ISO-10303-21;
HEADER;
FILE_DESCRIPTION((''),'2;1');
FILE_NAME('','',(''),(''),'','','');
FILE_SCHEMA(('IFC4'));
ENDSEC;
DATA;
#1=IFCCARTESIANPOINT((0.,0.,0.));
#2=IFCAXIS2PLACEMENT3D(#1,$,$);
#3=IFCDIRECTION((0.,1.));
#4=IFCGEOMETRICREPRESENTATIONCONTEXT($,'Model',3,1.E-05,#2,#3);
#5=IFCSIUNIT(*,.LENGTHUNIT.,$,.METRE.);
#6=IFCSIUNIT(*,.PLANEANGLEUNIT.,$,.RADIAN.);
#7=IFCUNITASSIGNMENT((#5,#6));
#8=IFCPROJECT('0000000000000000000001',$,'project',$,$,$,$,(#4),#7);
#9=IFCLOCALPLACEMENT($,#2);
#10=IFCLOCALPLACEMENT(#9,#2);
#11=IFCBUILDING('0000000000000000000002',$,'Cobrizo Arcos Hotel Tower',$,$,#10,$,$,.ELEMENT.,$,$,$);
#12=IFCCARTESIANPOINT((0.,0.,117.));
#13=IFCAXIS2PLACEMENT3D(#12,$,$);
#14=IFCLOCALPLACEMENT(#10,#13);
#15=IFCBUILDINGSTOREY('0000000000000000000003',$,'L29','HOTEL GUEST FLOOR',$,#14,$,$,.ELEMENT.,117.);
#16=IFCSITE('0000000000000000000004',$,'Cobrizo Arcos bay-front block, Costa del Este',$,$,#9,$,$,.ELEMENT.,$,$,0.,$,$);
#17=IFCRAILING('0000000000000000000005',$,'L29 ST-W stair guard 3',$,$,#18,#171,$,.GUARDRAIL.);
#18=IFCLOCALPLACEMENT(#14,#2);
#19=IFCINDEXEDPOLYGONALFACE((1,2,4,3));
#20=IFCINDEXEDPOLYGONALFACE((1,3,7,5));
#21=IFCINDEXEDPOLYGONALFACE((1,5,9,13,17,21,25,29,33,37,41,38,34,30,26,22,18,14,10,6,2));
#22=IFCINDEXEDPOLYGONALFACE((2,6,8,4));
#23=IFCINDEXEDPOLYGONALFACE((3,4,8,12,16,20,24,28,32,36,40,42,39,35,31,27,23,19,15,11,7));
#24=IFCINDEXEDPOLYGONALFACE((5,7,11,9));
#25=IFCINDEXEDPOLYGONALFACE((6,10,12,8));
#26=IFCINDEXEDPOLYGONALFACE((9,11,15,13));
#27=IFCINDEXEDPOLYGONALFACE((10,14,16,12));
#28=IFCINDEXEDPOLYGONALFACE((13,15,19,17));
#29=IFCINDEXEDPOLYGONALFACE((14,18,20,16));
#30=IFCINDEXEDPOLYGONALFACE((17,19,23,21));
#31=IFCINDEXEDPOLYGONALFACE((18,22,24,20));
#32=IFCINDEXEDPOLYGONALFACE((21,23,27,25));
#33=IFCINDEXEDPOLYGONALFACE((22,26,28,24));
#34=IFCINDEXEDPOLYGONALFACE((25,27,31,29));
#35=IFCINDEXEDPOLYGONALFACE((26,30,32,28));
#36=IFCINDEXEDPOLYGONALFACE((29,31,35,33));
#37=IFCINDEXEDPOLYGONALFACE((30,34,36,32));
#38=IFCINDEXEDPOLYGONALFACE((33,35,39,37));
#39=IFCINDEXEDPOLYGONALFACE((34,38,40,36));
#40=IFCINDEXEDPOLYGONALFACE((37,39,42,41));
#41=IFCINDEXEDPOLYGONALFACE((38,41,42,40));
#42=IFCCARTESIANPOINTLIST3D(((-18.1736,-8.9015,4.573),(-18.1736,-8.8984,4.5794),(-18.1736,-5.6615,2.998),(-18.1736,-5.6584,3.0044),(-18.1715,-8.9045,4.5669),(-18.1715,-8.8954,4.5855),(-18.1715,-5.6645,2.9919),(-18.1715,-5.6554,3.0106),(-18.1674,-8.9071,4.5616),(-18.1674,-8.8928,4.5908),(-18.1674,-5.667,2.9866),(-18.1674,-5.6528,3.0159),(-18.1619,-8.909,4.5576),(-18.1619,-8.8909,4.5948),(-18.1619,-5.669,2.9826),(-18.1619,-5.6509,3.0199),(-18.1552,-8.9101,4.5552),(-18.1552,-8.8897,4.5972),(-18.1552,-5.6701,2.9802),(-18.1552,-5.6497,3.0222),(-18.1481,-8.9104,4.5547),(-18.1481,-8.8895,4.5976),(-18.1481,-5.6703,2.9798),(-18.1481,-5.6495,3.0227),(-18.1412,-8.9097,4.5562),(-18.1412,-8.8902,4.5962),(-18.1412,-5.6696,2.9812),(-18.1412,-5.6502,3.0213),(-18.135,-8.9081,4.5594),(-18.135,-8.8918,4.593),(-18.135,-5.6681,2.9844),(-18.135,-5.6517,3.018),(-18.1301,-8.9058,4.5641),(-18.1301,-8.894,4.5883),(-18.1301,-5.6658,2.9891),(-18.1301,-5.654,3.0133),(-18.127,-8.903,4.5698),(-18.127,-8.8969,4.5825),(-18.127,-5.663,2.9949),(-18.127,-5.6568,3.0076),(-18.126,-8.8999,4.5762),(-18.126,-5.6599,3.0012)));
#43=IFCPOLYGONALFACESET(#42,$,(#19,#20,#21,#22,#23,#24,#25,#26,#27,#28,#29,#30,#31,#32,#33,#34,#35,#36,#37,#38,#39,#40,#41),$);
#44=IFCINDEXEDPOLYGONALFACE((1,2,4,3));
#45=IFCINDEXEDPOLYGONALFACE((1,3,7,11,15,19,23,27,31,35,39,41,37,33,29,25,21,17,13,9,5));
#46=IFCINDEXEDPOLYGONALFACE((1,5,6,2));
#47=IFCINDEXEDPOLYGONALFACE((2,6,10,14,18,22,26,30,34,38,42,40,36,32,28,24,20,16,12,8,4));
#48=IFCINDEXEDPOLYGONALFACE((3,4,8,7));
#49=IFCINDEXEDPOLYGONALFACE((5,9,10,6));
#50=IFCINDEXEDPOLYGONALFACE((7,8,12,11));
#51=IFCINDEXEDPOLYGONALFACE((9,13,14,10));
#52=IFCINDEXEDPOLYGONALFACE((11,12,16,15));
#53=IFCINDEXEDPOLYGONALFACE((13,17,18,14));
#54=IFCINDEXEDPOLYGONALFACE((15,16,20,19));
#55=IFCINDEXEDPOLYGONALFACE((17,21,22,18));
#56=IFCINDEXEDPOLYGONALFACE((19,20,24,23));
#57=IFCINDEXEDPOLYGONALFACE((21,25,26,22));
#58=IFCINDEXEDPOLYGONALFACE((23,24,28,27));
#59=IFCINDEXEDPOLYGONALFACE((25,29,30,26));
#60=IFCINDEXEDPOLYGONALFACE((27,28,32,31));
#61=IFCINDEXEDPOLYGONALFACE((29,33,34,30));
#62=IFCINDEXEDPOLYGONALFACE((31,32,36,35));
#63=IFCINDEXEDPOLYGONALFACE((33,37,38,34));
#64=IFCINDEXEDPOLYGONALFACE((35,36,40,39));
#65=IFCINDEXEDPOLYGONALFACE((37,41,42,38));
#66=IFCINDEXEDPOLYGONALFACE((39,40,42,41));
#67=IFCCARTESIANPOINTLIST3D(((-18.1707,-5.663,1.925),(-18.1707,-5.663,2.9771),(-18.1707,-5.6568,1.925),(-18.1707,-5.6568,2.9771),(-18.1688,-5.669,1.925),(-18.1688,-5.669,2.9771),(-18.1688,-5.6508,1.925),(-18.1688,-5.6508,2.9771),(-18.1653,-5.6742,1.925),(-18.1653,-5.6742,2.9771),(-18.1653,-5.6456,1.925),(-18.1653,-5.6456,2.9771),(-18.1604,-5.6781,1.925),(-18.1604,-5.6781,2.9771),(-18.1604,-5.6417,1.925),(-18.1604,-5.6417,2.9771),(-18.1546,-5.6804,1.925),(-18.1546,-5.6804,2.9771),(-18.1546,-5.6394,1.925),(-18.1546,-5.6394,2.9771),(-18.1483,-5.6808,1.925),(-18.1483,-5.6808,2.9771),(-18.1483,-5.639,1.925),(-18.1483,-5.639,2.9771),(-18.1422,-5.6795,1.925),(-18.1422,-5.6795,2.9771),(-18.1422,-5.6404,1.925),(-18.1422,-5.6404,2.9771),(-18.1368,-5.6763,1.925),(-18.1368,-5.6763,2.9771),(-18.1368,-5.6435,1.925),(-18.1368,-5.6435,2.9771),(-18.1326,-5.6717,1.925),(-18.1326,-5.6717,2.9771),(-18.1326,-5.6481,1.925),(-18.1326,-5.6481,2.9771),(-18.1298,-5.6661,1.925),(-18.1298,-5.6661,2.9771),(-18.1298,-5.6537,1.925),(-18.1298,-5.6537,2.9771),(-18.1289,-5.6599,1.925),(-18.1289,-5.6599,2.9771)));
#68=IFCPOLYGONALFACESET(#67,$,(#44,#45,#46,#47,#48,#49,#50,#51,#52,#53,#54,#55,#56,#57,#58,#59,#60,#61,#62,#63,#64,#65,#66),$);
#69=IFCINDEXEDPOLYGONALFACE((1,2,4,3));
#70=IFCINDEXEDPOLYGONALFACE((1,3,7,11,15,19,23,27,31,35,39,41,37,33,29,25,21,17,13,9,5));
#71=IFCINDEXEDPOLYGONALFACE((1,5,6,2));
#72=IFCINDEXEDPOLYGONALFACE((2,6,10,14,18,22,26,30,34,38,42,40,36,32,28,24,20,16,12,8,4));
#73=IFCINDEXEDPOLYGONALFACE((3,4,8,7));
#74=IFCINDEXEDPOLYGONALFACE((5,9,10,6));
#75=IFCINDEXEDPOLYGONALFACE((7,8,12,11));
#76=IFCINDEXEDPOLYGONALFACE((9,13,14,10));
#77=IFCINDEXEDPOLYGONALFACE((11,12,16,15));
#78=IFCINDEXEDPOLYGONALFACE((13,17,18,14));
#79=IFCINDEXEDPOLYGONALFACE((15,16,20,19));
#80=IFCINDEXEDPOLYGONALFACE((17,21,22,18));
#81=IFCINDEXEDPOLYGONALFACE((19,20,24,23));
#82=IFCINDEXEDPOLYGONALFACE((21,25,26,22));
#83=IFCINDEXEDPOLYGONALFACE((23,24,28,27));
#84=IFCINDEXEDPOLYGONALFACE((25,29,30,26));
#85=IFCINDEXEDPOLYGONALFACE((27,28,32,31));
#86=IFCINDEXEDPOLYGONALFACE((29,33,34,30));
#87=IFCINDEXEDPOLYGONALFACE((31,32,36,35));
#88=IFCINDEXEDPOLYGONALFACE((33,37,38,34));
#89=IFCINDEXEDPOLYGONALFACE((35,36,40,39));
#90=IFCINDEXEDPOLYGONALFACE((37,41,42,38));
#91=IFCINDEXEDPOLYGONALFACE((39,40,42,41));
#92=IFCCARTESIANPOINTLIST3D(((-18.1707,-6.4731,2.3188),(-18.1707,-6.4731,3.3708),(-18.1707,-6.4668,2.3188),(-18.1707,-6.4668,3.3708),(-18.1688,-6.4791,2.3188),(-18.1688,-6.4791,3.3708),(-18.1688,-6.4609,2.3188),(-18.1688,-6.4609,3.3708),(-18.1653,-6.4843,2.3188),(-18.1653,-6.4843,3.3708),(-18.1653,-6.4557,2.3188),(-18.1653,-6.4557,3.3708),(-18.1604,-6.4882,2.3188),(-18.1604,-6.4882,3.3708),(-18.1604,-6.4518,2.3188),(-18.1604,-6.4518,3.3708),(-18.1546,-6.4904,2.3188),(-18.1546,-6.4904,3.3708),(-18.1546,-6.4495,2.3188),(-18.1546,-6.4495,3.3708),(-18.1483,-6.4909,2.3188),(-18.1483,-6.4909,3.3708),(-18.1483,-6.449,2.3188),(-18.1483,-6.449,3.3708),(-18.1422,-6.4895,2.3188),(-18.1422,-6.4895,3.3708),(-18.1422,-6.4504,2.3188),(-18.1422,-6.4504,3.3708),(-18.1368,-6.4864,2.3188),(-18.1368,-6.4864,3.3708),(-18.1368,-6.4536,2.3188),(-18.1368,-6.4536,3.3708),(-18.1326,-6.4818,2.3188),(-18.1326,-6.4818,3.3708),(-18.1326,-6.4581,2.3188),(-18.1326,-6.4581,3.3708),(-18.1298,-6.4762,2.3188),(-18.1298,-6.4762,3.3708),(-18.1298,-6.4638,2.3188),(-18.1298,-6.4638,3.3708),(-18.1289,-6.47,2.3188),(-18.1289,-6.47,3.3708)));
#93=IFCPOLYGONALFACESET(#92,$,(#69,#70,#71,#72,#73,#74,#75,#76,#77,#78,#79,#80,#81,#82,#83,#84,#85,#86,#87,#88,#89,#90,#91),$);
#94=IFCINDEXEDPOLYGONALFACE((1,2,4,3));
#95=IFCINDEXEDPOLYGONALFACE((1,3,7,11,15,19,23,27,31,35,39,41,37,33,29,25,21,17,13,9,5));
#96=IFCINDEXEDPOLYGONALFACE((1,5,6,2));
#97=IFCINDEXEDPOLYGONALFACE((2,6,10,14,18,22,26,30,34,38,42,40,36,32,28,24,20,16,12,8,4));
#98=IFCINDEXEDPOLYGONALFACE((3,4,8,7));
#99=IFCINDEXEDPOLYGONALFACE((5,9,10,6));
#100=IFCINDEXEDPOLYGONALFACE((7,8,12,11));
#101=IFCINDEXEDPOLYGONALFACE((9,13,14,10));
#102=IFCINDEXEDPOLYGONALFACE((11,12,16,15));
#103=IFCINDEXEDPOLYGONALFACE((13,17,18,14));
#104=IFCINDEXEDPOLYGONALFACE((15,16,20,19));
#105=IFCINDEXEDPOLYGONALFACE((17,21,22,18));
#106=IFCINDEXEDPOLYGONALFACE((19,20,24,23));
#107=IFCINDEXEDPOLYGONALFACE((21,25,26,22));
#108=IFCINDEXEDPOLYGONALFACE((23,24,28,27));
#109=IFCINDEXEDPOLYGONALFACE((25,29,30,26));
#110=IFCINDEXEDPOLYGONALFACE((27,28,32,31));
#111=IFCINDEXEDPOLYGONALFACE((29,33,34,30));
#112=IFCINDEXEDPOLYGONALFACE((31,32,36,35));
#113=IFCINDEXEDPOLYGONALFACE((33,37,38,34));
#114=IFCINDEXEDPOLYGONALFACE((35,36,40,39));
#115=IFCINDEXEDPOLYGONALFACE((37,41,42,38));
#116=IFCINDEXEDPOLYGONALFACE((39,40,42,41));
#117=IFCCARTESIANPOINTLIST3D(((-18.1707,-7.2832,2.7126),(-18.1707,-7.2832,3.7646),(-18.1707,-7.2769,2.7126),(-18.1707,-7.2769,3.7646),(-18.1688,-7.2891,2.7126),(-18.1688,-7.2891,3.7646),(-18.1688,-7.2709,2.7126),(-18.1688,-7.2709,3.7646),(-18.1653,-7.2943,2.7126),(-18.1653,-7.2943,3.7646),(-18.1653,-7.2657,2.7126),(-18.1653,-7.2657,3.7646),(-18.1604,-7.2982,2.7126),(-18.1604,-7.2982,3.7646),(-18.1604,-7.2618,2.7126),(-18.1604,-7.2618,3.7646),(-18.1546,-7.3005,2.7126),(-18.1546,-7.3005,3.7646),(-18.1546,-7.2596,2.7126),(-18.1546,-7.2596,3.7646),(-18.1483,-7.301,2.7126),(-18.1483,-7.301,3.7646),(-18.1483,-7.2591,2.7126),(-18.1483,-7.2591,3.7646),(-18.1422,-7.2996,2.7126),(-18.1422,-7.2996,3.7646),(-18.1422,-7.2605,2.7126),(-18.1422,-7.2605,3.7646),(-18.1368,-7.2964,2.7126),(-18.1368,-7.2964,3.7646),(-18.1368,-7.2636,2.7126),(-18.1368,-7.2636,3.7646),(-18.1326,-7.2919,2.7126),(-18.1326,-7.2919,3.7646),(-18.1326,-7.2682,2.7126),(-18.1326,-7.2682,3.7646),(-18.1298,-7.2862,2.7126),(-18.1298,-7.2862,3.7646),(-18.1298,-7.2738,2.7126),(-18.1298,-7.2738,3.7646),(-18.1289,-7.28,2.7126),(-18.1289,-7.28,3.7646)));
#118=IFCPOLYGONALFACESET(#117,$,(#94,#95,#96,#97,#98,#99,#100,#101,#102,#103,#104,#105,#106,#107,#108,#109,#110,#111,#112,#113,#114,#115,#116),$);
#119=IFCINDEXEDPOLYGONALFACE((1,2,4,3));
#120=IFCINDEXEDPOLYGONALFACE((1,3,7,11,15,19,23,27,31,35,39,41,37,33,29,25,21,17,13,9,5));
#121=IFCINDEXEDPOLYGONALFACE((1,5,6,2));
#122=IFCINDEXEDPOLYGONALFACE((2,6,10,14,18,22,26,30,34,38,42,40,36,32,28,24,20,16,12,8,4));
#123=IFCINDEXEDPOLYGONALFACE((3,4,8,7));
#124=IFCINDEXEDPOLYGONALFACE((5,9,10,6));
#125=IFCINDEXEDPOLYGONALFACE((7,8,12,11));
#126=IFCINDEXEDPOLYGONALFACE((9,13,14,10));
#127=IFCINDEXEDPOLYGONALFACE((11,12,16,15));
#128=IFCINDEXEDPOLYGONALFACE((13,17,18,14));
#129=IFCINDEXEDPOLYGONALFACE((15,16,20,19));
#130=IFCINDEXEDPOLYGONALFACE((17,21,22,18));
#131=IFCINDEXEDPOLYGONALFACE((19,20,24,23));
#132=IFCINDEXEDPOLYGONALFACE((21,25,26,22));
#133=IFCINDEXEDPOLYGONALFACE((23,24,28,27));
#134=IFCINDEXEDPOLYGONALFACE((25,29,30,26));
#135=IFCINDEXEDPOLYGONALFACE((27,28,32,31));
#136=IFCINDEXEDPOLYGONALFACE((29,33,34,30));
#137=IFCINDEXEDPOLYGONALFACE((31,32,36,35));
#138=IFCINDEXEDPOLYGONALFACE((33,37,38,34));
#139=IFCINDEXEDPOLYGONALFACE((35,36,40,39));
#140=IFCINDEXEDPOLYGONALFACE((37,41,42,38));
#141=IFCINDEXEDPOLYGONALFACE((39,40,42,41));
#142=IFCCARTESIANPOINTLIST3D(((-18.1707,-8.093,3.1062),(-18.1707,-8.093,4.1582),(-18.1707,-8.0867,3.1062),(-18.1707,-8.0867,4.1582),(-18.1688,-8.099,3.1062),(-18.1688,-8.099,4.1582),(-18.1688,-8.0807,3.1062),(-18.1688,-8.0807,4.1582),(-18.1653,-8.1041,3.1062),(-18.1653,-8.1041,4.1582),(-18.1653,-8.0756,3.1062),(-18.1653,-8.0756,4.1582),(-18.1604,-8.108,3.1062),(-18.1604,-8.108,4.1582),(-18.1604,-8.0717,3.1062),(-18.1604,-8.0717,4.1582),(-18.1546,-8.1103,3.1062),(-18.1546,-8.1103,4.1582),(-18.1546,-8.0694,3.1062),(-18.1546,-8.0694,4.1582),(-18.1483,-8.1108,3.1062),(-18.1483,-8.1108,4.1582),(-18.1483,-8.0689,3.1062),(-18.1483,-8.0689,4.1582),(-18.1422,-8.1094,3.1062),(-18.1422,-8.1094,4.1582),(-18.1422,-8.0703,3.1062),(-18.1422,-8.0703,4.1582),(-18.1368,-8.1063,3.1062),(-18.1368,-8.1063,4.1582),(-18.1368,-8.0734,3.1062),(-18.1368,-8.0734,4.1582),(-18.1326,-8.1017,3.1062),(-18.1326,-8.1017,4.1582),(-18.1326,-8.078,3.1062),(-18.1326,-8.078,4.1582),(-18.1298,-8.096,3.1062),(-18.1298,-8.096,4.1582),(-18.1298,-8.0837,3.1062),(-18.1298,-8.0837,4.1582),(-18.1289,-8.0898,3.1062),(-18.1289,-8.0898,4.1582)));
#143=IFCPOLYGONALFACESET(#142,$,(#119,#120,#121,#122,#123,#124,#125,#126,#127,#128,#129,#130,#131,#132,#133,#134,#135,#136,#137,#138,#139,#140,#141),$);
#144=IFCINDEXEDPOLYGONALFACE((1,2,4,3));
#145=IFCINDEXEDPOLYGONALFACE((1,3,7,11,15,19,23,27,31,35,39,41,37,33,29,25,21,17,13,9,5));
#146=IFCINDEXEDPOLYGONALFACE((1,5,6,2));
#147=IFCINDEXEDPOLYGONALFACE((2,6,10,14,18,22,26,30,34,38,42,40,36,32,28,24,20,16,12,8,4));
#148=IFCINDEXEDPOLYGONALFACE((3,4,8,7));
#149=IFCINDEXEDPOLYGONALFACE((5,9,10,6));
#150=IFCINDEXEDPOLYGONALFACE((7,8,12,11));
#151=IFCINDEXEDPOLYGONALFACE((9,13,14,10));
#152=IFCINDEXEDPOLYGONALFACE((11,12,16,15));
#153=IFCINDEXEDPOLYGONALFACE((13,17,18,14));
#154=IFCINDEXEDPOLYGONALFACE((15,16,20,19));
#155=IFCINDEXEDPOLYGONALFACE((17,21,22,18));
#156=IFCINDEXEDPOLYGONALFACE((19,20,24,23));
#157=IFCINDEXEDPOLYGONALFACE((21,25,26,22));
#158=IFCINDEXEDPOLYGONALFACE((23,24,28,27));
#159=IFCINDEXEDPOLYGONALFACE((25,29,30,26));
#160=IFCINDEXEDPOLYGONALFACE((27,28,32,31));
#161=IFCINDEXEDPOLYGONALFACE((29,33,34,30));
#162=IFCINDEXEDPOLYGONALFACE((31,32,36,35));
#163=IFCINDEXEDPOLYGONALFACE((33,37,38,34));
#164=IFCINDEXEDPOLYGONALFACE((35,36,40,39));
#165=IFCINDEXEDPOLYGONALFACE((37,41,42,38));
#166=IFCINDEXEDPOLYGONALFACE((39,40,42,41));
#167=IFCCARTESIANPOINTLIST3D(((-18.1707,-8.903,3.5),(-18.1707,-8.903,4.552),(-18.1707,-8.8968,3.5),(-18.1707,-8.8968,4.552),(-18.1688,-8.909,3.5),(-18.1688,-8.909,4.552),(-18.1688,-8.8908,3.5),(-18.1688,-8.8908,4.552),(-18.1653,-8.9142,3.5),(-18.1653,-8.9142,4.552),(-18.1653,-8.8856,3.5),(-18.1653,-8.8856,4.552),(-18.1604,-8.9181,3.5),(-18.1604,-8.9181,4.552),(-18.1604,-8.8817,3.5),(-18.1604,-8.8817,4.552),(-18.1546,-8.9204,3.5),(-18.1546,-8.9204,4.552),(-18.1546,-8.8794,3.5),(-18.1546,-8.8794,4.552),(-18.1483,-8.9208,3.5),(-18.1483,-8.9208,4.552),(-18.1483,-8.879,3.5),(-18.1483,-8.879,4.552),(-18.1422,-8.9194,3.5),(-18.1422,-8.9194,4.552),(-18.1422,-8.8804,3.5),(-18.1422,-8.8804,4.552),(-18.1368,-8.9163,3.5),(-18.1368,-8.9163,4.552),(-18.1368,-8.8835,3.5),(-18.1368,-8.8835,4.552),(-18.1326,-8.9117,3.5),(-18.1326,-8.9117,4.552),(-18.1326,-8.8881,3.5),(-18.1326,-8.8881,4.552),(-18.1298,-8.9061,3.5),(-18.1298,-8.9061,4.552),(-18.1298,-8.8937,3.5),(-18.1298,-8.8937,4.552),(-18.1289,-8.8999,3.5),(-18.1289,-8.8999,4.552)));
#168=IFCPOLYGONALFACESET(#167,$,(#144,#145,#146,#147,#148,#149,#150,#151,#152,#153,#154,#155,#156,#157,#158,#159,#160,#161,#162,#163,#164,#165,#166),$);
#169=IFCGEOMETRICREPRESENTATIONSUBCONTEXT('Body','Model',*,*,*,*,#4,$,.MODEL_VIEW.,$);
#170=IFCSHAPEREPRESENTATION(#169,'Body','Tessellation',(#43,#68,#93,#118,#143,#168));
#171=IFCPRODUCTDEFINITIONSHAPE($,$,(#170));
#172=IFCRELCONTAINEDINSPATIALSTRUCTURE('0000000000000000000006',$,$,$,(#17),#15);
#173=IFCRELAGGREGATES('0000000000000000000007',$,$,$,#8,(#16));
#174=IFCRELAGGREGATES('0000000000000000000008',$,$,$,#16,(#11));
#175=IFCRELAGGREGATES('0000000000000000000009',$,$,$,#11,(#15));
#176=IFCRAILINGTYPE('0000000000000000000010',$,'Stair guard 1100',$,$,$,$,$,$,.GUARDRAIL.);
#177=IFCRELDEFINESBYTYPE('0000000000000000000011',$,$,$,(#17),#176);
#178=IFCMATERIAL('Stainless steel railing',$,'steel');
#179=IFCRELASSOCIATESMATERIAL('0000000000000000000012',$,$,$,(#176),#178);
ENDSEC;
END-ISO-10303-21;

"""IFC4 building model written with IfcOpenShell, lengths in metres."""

from ifc_helpers import new_model, si_unit, direction, frame, origin, origin_2d, place, context, subcontext, project, spatial, circle, extrude, material, type_object, element, save


model = new_model("IFC4")

# Units and contexts
model_context = context("Model", 3, precision=1e-05, world=origin(), true_north=direction((0.0, 1.0)))
body_context = subcontext(model_context, "Body", "Model", "MODEL_VIEW")
ifc_project = project(units=[si_unit("LENGTHUNIT", "METRE"), si_unit("PLANEANGLEUNIT", "RADIAN")], contexts=[model_context])

# Site, building, storey
site_placement = place(None, origin())
site = spatial("IfcSite", under=ifc_project, at=site_placement, Name="Cobrizo Arcos bay-front block, Costa del Este", CompositionType="ELEMENT", RefElevation=0.0)
building_placement = place(site_placement, origin())
building = spatial("IfcBuilding", under=site, at=building_placement, Name="Cobrizo Arcos Hotel Tower", CompositionType="ELEMENT")
storey_placement = place(building_placement, frame((0.0, 0.0, 117.0)))
storey = spatial("IfcBuildingStorey", under=building, at=storey_placement, Name="L29", Description="HOTEL GUEST FLOOR", CompositionType="ELEMENT", Elevation=117.0)

# Railing
ifc_material_1 = material(Name="Stainless steel railing", Category="steel")
railing_type_1 = type_object("IfcRailingType", Name="Stair guard 1100", PredefinedType="GUARDRAIL", material=ifc_material_1)
railing_1_placement = place(storey_placement, frame((-18.1499, -5.6599, 1.925)))
element("IfcRailing", 1, at=railing_1_placement, inside=storey, type_object=railing_type_1, Name="L29 ST-W stair guard 3", PredefinedType="GUARDRAIL", context=body_context, shape_type="SweptSolid", body=[
    extrude(circle(Radius=0.0239, at=origin_2d()), frame((0.0, 0.0, 1.0762), z_axis=(0.0, -0.899373, 0.437183), x_axis=(1.0, 0.0, 0.0)), (0.0, 0.0, 1.0), 3.6025),
    extrude(circle(Radius=0.021, at=origin_2d()), origin(), (0.0, 0.0, 1.0), 1.052),
    extrude(circle(Radius=0.021, at=origin_2d()), frame((0.0, -0.8101, 0.3938)), (0.0, 0.0, 1.0), 1.052),
    extrude(circle(Radius=0.021, at=origin_2d()), frame((0.0, -1.6201, 0.7876)), (0.0, 0.0, 1.0), 1.052),
    extrude(circle(Radius=0.021, at=origin_2d()), frame((0.0, -2.4299, 1.1812)), (0.0, 0.0, 1.0), 1.052),
    extrude(circle(Radius=0.021, at=origin_2d()), frame((0.0, -3.24, 1.575)), (0.0, 0.0, 1.0), 1.052),
])

save(model, "model.ifc")
